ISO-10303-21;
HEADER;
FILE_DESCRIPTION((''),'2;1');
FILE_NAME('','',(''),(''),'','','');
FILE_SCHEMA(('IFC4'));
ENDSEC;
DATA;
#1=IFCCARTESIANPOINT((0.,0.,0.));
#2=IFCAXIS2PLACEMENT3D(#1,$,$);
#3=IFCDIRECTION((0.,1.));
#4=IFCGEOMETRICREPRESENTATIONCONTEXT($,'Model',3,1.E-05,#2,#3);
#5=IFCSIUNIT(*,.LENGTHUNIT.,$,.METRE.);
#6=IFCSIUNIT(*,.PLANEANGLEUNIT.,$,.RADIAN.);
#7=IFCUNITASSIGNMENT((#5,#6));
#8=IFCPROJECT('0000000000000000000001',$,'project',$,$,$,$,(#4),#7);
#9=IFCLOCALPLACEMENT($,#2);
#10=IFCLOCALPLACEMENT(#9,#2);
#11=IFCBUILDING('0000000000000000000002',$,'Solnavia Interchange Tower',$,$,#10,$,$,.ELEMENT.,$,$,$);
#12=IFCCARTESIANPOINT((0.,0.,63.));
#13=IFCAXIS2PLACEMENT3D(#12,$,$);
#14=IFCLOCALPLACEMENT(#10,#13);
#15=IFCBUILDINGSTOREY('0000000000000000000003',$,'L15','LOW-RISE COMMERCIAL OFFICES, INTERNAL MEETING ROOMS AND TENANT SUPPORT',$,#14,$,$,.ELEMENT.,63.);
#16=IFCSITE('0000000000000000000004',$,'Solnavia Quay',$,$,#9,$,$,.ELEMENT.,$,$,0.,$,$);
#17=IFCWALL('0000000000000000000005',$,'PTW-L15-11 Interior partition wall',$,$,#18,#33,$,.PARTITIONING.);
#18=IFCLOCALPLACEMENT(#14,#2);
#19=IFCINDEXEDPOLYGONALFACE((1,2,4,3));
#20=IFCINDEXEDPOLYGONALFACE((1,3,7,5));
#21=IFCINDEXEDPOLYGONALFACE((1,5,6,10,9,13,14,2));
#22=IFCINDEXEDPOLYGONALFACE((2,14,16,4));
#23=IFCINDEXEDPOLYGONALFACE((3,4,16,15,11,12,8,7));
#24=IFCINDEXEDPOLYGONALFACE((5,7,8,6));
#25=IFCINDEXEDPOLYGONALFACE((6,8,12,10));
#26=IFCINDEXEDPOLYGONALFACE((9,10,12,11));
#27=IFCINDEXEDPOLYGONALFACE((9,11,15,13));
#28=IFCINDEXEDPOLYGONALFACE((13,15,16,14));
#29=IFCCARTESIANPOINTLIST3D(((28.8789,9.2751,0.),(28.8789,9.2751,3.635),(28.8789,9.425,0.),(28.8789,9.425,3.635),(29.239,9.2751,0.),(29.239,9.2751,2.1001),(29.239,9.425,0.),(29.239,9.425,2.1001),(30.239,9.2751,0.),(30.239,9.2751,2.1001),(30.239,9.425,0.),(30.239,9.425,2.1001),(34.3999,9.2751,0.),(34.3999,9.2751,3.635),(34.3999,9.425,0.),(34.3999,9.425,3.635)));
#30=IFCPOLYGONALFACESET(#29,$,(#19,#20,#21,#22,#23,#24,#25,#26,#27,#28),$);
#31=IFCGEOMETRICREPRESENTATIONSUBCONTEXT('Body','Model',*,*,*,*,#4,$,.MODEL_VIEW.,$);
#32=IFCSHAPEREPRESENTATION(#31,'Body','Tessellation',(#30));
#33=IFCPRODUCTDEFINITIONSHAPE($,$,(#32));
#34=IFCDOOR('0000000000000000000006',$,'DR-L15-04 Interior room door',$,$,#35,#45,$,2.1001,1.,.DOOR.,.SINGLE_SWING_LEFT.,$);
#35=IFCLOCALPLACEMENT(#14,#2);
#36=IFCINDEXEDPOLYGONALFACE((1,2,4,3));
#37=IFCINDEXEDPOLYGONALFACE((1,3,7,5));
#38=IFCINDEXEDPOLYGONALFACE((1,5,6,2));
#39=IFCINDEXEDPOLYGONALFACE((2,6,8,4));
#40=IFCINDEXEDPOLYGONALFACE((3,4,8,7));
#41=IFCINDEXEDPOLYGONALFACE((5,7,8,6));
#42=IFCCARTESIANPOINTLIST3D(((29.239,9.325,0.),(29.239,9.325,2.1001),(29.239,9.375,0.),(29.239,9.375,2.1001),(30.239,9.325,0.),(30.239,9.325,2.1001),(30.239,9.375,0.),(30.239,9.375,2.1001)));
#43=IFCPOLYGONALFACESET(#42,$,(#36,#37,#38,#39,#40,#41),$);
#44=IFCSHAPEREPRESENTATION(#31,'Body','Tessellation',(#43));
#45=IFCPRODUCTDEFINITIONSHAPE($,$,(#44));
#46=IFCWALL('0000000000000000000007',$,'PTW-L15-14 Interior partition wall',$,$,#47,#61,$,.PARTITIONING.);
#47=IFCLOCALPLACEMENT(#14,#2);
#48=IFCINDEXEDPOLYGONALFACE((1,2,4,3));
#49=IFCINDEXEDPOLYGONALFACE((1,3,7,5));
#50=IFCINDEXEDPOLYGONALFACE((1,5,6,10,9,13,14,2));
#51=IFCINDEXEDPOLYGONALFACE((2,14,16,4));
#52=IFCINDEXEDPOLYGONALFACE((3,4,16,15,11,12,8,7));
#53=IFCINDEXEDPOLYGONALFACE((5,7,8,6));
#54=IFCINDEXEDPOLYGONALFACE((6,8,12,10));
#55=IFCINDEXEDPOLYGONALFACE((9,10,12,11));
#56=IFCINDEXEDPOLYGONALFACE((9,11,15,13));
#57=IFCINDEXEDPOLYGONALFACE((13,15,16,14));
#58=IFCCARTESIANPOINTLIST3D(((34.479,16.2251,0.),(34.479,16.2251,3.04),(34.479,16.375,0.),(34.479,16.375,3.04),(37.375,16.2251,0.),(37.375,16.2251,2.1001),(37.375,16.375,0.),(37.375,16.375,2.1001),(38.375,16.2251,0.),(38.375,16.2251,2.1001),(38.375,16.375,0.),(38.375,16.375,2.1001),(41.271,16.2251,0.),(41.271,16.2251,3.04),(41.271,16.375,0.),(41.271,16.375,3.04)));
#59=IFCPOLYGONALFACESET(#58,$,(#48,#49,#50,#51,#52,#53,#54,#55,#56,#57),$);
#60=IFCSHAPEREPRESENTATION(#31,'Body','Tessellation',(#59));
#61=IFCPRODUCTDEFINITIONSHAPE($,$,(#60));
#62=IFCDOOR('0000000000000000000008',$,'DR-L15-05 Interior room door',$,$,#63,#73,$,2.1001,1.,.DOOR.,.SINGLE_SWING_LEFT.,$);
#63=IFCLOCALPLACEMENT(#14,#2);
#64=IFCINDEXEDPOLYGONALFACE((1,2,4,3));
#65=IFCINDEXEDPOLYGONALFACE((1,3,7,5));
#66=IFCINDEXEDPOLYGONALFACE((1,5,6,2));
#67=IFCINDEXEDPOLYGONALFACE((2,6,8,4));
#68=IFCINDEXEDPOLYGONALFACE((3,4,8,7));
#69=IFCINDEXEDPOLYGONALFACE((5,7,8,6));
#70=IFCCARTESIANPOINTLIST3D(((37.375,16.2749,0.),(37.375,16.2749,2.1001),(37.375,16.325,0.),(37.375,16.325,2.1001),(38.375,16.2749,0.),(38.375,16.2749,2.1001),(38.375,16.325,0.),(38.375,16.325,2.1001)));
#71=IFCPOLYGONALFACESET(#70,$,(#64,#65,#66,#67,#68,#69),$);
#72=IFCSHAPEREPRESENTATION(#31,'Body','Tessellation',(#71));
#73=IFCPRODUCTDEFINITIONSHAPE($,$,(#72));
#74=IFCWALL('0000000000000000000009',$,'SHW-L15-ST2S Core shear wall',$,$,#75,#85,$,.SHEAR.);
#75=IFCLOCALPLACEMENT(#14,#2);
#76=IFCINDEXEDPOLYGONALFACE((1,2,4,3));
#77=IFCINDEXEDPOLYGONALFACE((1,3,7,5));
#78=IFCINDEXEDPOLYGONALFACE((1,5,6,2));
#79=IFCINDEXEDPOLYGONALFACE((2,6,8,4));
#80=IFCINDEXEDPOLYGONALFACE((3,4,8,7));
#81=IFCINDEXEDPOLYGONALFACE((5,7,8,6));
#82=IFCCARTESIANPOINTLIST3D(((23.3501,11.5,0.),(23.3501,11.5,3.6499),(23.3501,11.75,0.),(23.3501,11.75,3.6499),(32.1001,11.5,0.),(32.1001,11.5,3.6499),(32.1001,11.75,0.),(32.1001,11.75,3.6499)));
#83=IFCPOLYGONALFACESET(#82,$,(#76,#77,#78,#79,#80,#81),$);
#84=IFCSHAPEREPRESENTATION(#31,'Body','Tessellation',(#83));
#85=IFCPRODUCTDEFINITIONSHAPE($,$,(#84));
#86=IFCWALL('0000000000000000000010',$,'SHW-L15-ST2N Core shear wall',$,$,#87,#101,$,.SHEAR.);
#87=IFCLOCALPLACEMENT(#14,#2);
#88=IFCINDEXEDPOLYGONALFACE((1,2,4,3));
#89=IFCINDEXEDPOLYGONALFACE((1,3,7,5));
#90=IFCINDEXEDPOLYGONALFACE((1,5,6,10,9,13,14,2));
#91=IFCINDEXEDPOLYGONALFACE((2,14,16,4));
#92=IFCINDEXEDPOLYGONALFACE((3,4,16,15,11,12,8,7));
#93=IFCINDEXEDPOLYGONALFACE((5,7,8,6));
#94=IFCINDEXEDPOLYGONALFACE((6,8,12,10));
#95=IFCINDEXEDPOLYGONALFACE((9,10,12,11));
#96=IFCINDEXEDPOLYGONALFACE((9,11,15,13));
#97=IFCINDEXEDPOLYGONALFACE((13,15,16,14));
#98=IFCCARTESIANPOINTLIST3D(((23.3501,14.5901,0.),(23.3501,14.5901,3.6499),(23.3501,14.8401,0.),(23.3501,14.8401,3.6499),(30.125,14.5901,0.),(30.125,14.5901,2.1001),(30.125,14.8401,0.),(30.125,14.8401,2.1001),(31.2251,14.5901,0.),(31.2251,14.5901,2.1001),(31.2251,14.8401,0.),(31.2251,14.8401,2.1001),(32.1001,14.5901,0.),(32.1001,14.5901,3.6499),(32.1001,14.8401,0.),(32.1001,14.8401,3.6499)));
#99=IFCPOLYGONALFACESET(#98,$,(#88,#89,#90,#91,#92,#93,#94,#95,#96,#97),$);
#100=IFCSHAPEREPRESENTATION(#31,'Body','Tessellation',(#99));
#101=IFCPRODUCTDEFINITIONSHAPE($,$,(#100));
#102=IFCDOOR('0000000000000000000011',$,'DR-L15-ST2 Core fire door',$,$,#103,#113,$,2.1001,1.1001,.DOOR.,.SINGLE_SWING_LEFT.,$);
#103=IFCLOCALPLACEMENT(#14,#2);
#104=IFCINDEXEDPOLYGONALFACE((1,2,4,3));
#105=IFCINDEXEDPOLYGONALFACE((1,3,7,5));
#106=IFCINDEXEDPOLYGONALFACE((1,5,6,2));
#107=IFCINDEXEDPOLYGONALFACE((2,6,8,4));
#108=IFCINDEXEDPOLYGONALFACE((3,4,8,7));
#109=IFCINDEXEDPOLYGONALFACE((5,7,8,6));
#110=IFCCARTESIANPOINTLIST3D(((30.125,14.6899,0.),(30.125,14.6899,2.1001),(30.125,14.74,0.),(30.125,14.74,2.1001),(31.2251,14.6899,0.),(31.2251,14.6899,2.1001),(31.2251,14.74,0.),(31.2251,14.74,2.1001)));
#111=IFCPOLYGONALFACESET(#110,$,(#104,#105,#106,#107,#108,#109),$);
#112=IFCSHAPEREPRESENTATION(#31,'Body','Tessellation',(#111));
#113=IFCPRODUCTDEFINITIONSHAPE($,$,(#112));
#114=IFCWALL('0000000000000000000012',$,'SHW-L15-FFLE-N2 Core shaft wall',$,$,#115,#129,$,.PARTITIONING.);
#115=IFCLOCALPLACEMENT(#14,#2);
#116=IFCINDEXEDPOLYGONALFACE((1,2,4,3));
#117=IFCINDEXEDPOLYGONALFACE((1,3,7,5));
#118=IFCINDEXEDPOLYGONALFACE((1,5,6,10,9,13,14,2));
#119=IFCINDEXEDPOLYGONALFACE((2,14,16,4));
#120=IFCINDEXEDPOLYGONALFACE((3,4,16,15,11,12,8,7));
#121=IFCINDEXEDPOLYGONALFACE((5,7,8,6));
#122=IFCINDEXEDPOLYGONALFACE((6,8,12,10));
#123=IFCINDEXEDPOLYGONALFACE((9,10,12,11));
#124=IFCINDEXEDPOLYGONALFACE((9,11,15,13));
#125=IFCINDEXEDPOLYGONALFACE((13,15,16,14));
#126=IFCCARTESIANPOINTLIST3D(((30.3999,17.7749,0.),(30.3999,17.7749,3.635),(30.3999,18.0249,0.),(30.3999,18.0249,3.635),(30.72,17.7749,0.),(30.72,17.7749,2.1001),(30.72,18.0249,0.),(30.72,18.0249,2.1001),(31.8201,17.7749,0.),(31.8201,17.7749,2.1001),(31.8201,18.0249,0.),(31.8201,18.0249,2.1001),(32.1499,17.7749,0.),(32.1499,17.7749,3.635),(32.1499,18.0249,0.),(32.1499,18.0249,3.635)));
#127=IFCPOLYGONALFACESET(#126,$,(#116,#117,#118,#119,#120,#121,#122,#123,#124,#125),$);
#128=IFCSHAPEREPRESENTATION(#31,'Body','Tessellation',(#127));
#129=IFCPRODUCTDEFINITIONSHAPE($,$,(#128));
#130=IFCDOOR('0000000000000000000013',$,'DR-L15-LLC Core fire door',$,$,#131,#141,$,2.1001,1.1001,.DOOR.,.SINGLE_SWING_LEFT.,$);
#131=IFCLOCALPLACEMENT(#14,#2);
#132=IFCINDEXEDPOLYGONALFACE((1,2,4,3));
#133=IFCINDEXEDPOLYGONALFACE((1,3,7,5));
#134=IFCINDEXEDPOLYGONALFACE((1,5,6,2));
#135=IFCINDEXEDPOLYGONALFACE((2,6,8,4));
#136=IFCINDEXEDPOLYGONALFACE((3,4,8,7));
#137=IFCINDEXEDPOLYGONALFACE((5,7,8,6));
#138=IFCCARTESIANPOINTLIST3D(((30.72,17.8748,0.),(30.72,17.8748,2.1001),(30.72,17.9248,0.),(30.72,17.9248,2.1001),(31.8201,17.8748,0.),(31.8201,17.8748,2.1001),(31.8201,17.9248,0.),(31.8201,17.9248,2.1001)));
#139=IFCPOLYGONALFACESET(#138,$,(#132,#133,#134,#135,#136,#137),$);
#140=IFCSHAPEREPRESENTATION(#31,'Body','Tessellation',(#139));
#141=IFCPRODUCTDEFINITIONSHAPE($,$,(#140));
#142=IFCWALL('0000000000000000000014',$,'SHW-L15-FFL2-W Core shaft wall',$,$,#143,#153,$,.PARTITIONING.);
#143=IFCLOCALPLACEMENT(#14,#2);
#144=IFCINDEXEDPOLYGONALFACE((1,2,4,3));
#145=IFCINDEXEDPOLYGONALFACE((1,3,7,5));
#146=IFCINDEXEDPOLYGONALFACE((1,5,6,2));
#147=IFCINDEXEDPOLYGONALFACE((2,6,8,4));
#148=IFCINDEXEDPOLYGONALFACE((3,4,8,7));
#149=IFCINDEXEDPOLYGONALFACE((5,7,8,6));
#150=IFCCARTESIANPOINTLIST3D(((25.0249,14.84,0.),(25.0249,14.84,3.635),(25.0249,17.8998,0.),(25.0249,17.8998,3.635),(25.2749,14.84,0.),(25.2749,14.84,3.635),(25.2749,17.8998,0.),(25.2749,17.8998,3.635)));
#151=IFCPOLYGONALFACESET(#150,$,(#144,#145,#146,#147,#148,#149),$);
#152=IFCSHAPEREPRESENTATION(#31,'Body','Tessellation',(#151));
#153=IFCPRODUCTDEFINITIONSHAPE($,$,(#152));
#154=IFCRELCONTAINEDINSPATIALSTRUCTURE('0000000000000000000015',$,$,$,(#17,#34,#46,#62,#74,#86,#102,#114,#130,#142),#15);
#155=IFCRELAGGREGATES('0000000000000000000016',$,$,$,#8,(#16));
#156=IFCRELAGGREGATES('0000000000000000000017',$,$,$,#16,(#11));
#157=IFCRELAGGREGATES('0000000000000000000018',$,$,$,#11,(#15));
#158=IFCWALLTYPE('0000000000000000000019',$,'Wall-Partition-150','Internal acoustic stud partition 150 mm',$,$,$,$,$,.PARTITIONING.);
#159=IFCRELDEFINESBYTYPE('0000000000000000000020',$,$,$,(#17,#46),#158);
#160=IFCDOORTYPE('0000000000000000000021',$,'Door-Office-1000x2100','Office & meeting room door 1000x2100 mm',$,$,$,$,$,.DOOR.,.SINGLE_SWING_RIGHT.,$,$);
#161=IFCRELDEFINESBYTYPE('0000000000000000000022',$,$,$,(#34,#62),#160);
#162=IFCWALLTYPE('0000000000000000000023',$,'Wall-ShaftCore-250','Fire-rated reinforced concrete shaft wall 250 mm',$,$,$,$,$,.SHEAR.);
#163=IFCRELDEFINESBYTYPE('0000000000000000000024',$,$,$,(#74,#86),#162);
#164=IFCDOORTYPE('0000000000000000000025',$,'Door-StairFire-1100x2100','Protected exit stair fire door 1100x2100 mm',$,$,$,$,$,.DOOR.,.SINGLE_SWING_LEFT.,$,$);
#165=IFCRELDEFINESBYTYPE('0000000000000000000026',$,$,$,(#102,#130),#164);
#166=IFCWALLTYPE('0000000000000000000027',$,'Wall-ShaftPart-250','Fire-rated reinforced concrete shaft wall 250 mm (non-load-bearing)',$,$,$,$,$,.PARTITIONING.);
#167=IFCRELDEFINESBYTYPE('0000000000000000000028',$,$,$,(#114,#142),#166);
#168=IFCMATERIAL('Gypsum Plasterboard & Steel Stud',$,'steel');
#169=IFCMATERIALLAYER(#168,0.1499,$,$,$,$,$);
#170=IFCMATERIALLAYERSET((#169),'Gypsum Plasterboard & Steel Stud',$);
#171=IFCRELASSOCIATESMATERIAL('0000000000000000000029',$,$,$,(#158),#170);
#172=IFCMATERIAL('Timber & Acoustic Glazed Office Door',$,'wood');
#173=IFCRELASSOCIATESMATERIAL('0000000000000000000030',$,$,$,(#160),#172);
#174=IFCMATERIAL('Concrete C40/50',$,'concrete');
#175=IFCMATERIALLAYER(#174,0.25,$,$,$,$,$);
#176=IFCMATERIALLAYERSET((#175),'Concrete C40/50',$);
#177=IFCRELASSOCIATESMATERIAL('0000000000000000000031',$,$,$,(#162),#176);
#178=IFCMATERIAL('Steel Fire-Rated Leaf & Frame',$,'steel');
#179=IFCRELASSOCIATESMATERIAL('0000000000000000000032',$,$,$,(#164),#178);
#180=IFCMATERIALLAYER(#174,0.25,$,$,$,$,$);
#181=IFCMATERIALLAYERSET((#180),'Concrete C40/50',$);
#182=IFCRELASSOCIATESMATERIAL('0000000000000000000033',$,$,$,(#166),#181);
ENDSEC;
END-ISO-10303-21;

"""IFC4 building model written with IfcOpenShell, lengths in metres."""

from ifc_helpers import new_model, si_unit, direction, frame, frame_2d, origin, place, context, subcontext, project, spatial, rectangle, extrude, material, layer, layer_set, type_object, element, fill, save


model = new_model("IFC4")

# Units and contexts
model_context = context("Model", 3, precision=1e-05, world=origin(), true_north=direction((0.0, 1.0)))
body_context = subcontext(model_context, "Body", "Model", "MODEL_VIEW")
ifc_project = project(units=[si_unit("LENGTHUNIT", "METRE"), si_unit("PLANEANGLEUNIT", "RADIAN")], contexts=[model_context])

# Site, building, storey
site_placement = place(None, origin())
site = spatial("IfcSite", under=ifc_project, at=site_placement, Name="Solnavia Quay", CompositionType="ELEMENT", RefElevation=0.0)
building_placement = place(site_placement, origin())
building = spatial("IfcBuilding", under=site, at=building_placement, Name="Solnavia Interchange Tower", CompositionType="ELEMENT")
storey_placement = place(building_placement, frame((0.0, 0.0, 63.0)))
storey = spatial("IfcBuildingStorey", under=building, at=storey_placement, Name="L15", Description="LOW-RISE COMMERCIAL OFFICES, INTERNAL MEETING ROOMS AND TENANT SUPPORT", CompositionType="ELEMENT", Elevation=63.0)

# Shared definitions
ifc_material_1 = material(Name="Gypsum Plasterboard & Steel Stud", Category="steel")
ifc_layer_1 = layer(ifc_material_1, 0.1499)
ifc_layer_set_1 = layer_set([ifc_layer_1], Name="Gypsum Plasterboard & Steel Stud")
wall_type_1 = type_object("IfcWallType", Name="Wall-Partition-150", Description="Internal acoustic stud partition 150 mm", PredefinedType="PARTITIONING", material=ifc_layer_set_1)

# Walls, openings, doors
wall_1_placement = place(storey_placement, frame((28.8789, 9.3501, 0.0), z_axis=(0.0, 0.0, 1.0), x_axis=(1.0, 0.0, 0.0)))
wall_1 = element("IfcWall", 1, at=wall_1_placement, inside=storey, type_object=wall_type_1, Name="PTW-L15-11 Interior partition wall", PredefinedType="PARTITIONING", context=body_context, shape_type="SweptSolid", body=[
    extrude(rectangle(XDim=5.521, YDim=0.1499, at=frame_2d((2.7605, 0.0))), origin(), (0.0, 0.0, 1.0), 3.635),
])
opening_1_placement = place(wall_1_placement, frame((0.3601, 0.0, 0.0)))
opening_1 = element("IfcOpeningElement", 2, at=opening_1_placement, cuts=wall_1, PredefinedType="OPENING", context=body_context, shape_type="SweptSolid", body=[
    extrude(rectangle(XDim=1.0, YDim=2.1001, at=frame_2d((0.5, 1.05))), frame((0.0, 0.085, 0.0), z_axis=(0.0, -1.0, 0.0), x_axis=(1.0, 0.0, 0.0)), (0.0, 0.0, 1.0), 0.1699),
])
ifc_material_2 = material(Name="Timber & Acoustic Glazed Office Door", Category="wood")
door_type_1 = type_object("IfcDoorType", Name="Door-Office-1000x2100", Description="Office & meeting room door 1000x2100 mm", OperationType="SINGLE_SWING_RIGHT", PredefinedType="DOOR", material=ifc_material_2)
door_1_placement = place(opening_1_placement, origin())
door_1 = element("IfcDoor", 3, at=door_1_placement, inside=storey, type_object=door_type_1, Name="DR-L15-04 Interior room door", OperationType="SINGLE_SWING_LEFT", OverallHeight=2.1001, OverallWidth=1.0, PredefinedType="DOOR", context=body_context, shape_type="SweptSolid", body=[
    extrude(rectangle(XDim=1.0, YDim=2.1001, at=frame_2d((0.5, 1.05))), frame((0.0, 0.0249, 0.0), z_axis=(0.0, -1.0, 0.0), x_axis=(1.0, 0.0, 0.0)), (0.0, 0.0, 1.0), 0.05),
])
fill(opening_1, door_1)
wall_2_placement = place(storey_placement, frame((34.479, 16.3, 0.0), z_axis=(0.0, 0.0, 1.0), x_axis=(1.0, 0.0, 0.0)))
wall_2 = element("IfcWall", 4, at=wall_2_placement, inside=storey, type_object=wall_type_1, Name="PTW-L15-14 Interior partition wall", PredefinedType="PARTITIONING", context=body_context, shape_type="SweptSolid", body=[
    extrude(rectangle(XDim=6.792, YDim=0.1499, at=frame_2d((3.396, 0.0))), origin(), (0.0, 0.0, 1.0), 3.04),
])
opening_2_placement = place(wall_2_placement, frame((2.896, 0.0, 0.0)))
opening_2 = element("IfcOpeningElement", 5, at=opening_2_placement, cuts=wall_2, PredefinedType="OPENING", context=body_context, shape_type="SweptSolid", body=[
    extrude(rectangle(XDim=1.0, YDim=2.1001, at=frame_2d((0.5, 1.05))), frame((0.0, 0.085, 0.0), z_axis=(0.0, -1.0, 0.0), x_axis=(1.0, 0.0, 0.0)), (0.0, 0.0, 1.0), 0.1699),
])
door_2_placement = place(opening_2_placement, origin())
door_2 = element("IfcDoor", 6, at=door_2_placement, inside=storey, type_object=door_type_1, Name="DR-L15-05 Interior room door", OperationType="SINGLE_SWING_LEFT", OverallHeight=2.1001, OverallWidth=1.0, PredefinedType="DOOR", context=body_context, shape_type="SweptSolid", body=[
    extrude(rectangle(XDim=1.0, YDim=2.1001, at=frame_2d((0.5, 1.05))), frame((0.0, 0.0249, 0.0), z_axis=(0.0, -1.0, 0.0), x_axis=(1.0, 0.0, 0.0)), (0.0, 0.0, 1.0), 0.05),
])
fill(opening_2, door_2)

# Wall
ifc_material_3 = material(Name="Concrete C40/50", Category="concrete")
ifc_layer_2 = layer(ifc_material_3, 0.25)
ifc_layer_set_2 = layer_set([ifc_layer_2], Name="Concrete C40/50")
wall_type_2 = type_object("IfcWallType", Name="Wall-ShaftCore-250", Description="Fire-rated reinforced concrete shaft wall 250 mm", PredefinedType="SHEAR", material=ifc_layer_set_2)
wall_3_placement = place(storey_placement, frame((23.3501, 11.625, 0.0), z_axis=(0.0, 0.0, 1.0), x_axis=(1.0, 0.0, 0.0)))
element("IfcWall", 7, at=wall_3_placement, inside=storey, type_object=wall_type_2, Name="SHW-L15-ST2S Core shear wall", PredefinedType="SHEAR", context=body_context, shape_type="SweptSolid", body=[
    extrude(rectangle(XDim=8.75, YDim=0.25, at=frame_2d((4.375, 0.0))), origin(), (0.0, 0.0, 1.0), 3.6499),
])

# Walls, openings, doors
wall_4_placement = place(storey_placement, frame((23.3501, 14.7151, 0.0), z_axis=(0.0, 0.0, 1.0), x_axis=(1.0, 0.0, 0.0)))
wall_4 = element("IfcWall", 8, at=wall_4_placement, inside=storey, type_object=wall_type_2, Name="SHW-L15-ST2N Core shear wall", PredefinedType="SHEAR", context=body_context, shape_type="SweptSolid", body=[
    extrude(rectangle(XDim=8.75, YDim=0.25, at=frame_2d((4.375, 0.0))), origin(), (0.0, 0.0, 1.0), 3.6499),
])
opening_3_placement = place(wall_4_placement, frame((6.7749, 0.0, 0.0)))
opening_3 = element("IfcOpeningElement", 9, at=opening_3_placement, cuts=wall_4, PredefinedType="OPENING", context=body_context, shape_type="SweptSolid", body=[
    extrude(rectangle(XDim=1.1001, YDim=2.1001, at=frame_2d((0.55, 1.05))), frame((0.0, 0.135, 0.0), z_axis=(0.0, -1.0, 0.0), x_axis=(1.0, 0.0, 0.0)), (0.0, 0.0, 1.0), 0.27),
])
ifc_material_4 = material(Name="Steel Fire-Rated Leaf & Frame", Category="steel")
door_type_2 = type_object("IfcDoorType", Name="Door-StairFire-1100x2100", Description="Protected exit stair fire door 1100x2100 mm", OperationType="SINGLE_SWING_LEFT", PredefinedType="DOOR", material=ifc_material_4)
door_3_placement = place(opening_3_placement, origin())
door_3 = element("IfcDoor", 10, at=door_3_placement, inside=storey, type_object=door_type_2, Name="DR-L15-ST2 Core fire door", OperationType="SINGLE_SWING_LEFT", OverallHeight=2.1001, OverallWidth=1.1001, PredefinedType="DOOR", context=body_context, shape_type="SweptSolid", body=[
    extrude(rectangle(XDim=1.1001, YDim=2.1001, at=frame_2d((0.55, 1.05))), frame((0.0, 0.0249, 0.0), z_axis=(0.0, -1.0, 0.0), x_axis=(1.0, 0.0, 0.0)), (0.0, 0.0, 1.0), 0.05),
])
fill(opening_3, door_3)
ifc_layer_3 = layer(ifc_material_3, 0.25)
ifc_layer_set_3 = layer_set([ifc_layer_3], Name="Concrete C40/50")
wall_type_3 = type_object("IfcWallType", Name="Wall-ShaftPart-250", Description="Fire-rated reinforced concrete shaft wall 250 mm (non-load-bearing)", PredefinedType="PARTITIONING", material=ifc_layer_set_3)
wall_5_placement = place(storey_placement, frame((30.3999, 17.8999, 0.0), z_axis=(0.0, 0.0, 1.0), x_axis=(1.0, 0.0, 0.0)))
wall_5 = element("IfcWall", 11, at=wall_5_placement, inside=storey, type_object=wall_type_3, Name="SHW-L15-FFLE-N2 Core shaft wall", PredefinedType="PARTITIONING", context=body_context, shape_type="SweptSolid", body=[
    extrude(rectangle(XDim=1.75, YDim=0.25, at=frame_2d((0.875, 0.0))), origin(), (0.0, 0.0, 1.0), 3.635),
])
opening_4_placement = place(wall_5_placement, frame((0.3201, 0.0, 0.0)))
opening_4 = element("IfcOpeningElement", 12, at=opening_4_placement, cuts=wall_5, PredefinedType="OPENING", context=body_context, shape_type="SweptSolid", body=[
    extrude(rectangle(XDim=1.1001, YDim=2.1001, at=frame_2d((0.55, 1.05))), frame((0.0, 0.135, 0.0), z_axis=(0.0, -1.0, 0.0), x_axis=(1.0, 0.0, 0.0)), (0.0, 0.0, 1.0), 0.27),
])
door_4_placement = place(opening_4_placement, origin())
door_4 = element("IfcDoor", 13, at=door_4_placement, inside=storey, type_object=door_type_2, Name="DR-L15-LLC Core fire door", OperationType="SINGLE_SWING_LEFT", OverallHeight=2.1001, OverallWidth=1.1001, PredefinedType="DOOR", context=body_context, shape_type="SweptSolid", body=[
    extrude(rectangle(XDim=1.1001, YDim=2.1001, at=frame_2d((0.55, 1.05))), frame((0.0, 0.0249, 0.0), z_axis=(0.0, -1.0, 0.0), x_axis=(1.0, 0.0, 0.0)), (0.0, 0.0, 1.0), 0.05),
])
fill(opening_4, door_4)

# Wall
wall_6_placement = place(storey_placement, frame((25.1499, 14.8401, 0.0), z_axis=(0.0, 0.0, 1.0), x_axis=(0.0, 1.0, 0.0)))
element("IfcWall", 14, at=wall_6_placement, inside=storey, type_object=wall_type_3, Name="SHW-L15-FFL2-W Core shaft wall", PredefinedType="PARTITIONING", context=body_context, shape_type="SweptSolid", body=[
    extrude(rectangle(XDim=3.0598, YDim=0.25, at=frame_2d((1.5298, 0.0))), origin(), (0.0, 0.0, 1.0), 3.635),
])

save(model, "model.ifc")
